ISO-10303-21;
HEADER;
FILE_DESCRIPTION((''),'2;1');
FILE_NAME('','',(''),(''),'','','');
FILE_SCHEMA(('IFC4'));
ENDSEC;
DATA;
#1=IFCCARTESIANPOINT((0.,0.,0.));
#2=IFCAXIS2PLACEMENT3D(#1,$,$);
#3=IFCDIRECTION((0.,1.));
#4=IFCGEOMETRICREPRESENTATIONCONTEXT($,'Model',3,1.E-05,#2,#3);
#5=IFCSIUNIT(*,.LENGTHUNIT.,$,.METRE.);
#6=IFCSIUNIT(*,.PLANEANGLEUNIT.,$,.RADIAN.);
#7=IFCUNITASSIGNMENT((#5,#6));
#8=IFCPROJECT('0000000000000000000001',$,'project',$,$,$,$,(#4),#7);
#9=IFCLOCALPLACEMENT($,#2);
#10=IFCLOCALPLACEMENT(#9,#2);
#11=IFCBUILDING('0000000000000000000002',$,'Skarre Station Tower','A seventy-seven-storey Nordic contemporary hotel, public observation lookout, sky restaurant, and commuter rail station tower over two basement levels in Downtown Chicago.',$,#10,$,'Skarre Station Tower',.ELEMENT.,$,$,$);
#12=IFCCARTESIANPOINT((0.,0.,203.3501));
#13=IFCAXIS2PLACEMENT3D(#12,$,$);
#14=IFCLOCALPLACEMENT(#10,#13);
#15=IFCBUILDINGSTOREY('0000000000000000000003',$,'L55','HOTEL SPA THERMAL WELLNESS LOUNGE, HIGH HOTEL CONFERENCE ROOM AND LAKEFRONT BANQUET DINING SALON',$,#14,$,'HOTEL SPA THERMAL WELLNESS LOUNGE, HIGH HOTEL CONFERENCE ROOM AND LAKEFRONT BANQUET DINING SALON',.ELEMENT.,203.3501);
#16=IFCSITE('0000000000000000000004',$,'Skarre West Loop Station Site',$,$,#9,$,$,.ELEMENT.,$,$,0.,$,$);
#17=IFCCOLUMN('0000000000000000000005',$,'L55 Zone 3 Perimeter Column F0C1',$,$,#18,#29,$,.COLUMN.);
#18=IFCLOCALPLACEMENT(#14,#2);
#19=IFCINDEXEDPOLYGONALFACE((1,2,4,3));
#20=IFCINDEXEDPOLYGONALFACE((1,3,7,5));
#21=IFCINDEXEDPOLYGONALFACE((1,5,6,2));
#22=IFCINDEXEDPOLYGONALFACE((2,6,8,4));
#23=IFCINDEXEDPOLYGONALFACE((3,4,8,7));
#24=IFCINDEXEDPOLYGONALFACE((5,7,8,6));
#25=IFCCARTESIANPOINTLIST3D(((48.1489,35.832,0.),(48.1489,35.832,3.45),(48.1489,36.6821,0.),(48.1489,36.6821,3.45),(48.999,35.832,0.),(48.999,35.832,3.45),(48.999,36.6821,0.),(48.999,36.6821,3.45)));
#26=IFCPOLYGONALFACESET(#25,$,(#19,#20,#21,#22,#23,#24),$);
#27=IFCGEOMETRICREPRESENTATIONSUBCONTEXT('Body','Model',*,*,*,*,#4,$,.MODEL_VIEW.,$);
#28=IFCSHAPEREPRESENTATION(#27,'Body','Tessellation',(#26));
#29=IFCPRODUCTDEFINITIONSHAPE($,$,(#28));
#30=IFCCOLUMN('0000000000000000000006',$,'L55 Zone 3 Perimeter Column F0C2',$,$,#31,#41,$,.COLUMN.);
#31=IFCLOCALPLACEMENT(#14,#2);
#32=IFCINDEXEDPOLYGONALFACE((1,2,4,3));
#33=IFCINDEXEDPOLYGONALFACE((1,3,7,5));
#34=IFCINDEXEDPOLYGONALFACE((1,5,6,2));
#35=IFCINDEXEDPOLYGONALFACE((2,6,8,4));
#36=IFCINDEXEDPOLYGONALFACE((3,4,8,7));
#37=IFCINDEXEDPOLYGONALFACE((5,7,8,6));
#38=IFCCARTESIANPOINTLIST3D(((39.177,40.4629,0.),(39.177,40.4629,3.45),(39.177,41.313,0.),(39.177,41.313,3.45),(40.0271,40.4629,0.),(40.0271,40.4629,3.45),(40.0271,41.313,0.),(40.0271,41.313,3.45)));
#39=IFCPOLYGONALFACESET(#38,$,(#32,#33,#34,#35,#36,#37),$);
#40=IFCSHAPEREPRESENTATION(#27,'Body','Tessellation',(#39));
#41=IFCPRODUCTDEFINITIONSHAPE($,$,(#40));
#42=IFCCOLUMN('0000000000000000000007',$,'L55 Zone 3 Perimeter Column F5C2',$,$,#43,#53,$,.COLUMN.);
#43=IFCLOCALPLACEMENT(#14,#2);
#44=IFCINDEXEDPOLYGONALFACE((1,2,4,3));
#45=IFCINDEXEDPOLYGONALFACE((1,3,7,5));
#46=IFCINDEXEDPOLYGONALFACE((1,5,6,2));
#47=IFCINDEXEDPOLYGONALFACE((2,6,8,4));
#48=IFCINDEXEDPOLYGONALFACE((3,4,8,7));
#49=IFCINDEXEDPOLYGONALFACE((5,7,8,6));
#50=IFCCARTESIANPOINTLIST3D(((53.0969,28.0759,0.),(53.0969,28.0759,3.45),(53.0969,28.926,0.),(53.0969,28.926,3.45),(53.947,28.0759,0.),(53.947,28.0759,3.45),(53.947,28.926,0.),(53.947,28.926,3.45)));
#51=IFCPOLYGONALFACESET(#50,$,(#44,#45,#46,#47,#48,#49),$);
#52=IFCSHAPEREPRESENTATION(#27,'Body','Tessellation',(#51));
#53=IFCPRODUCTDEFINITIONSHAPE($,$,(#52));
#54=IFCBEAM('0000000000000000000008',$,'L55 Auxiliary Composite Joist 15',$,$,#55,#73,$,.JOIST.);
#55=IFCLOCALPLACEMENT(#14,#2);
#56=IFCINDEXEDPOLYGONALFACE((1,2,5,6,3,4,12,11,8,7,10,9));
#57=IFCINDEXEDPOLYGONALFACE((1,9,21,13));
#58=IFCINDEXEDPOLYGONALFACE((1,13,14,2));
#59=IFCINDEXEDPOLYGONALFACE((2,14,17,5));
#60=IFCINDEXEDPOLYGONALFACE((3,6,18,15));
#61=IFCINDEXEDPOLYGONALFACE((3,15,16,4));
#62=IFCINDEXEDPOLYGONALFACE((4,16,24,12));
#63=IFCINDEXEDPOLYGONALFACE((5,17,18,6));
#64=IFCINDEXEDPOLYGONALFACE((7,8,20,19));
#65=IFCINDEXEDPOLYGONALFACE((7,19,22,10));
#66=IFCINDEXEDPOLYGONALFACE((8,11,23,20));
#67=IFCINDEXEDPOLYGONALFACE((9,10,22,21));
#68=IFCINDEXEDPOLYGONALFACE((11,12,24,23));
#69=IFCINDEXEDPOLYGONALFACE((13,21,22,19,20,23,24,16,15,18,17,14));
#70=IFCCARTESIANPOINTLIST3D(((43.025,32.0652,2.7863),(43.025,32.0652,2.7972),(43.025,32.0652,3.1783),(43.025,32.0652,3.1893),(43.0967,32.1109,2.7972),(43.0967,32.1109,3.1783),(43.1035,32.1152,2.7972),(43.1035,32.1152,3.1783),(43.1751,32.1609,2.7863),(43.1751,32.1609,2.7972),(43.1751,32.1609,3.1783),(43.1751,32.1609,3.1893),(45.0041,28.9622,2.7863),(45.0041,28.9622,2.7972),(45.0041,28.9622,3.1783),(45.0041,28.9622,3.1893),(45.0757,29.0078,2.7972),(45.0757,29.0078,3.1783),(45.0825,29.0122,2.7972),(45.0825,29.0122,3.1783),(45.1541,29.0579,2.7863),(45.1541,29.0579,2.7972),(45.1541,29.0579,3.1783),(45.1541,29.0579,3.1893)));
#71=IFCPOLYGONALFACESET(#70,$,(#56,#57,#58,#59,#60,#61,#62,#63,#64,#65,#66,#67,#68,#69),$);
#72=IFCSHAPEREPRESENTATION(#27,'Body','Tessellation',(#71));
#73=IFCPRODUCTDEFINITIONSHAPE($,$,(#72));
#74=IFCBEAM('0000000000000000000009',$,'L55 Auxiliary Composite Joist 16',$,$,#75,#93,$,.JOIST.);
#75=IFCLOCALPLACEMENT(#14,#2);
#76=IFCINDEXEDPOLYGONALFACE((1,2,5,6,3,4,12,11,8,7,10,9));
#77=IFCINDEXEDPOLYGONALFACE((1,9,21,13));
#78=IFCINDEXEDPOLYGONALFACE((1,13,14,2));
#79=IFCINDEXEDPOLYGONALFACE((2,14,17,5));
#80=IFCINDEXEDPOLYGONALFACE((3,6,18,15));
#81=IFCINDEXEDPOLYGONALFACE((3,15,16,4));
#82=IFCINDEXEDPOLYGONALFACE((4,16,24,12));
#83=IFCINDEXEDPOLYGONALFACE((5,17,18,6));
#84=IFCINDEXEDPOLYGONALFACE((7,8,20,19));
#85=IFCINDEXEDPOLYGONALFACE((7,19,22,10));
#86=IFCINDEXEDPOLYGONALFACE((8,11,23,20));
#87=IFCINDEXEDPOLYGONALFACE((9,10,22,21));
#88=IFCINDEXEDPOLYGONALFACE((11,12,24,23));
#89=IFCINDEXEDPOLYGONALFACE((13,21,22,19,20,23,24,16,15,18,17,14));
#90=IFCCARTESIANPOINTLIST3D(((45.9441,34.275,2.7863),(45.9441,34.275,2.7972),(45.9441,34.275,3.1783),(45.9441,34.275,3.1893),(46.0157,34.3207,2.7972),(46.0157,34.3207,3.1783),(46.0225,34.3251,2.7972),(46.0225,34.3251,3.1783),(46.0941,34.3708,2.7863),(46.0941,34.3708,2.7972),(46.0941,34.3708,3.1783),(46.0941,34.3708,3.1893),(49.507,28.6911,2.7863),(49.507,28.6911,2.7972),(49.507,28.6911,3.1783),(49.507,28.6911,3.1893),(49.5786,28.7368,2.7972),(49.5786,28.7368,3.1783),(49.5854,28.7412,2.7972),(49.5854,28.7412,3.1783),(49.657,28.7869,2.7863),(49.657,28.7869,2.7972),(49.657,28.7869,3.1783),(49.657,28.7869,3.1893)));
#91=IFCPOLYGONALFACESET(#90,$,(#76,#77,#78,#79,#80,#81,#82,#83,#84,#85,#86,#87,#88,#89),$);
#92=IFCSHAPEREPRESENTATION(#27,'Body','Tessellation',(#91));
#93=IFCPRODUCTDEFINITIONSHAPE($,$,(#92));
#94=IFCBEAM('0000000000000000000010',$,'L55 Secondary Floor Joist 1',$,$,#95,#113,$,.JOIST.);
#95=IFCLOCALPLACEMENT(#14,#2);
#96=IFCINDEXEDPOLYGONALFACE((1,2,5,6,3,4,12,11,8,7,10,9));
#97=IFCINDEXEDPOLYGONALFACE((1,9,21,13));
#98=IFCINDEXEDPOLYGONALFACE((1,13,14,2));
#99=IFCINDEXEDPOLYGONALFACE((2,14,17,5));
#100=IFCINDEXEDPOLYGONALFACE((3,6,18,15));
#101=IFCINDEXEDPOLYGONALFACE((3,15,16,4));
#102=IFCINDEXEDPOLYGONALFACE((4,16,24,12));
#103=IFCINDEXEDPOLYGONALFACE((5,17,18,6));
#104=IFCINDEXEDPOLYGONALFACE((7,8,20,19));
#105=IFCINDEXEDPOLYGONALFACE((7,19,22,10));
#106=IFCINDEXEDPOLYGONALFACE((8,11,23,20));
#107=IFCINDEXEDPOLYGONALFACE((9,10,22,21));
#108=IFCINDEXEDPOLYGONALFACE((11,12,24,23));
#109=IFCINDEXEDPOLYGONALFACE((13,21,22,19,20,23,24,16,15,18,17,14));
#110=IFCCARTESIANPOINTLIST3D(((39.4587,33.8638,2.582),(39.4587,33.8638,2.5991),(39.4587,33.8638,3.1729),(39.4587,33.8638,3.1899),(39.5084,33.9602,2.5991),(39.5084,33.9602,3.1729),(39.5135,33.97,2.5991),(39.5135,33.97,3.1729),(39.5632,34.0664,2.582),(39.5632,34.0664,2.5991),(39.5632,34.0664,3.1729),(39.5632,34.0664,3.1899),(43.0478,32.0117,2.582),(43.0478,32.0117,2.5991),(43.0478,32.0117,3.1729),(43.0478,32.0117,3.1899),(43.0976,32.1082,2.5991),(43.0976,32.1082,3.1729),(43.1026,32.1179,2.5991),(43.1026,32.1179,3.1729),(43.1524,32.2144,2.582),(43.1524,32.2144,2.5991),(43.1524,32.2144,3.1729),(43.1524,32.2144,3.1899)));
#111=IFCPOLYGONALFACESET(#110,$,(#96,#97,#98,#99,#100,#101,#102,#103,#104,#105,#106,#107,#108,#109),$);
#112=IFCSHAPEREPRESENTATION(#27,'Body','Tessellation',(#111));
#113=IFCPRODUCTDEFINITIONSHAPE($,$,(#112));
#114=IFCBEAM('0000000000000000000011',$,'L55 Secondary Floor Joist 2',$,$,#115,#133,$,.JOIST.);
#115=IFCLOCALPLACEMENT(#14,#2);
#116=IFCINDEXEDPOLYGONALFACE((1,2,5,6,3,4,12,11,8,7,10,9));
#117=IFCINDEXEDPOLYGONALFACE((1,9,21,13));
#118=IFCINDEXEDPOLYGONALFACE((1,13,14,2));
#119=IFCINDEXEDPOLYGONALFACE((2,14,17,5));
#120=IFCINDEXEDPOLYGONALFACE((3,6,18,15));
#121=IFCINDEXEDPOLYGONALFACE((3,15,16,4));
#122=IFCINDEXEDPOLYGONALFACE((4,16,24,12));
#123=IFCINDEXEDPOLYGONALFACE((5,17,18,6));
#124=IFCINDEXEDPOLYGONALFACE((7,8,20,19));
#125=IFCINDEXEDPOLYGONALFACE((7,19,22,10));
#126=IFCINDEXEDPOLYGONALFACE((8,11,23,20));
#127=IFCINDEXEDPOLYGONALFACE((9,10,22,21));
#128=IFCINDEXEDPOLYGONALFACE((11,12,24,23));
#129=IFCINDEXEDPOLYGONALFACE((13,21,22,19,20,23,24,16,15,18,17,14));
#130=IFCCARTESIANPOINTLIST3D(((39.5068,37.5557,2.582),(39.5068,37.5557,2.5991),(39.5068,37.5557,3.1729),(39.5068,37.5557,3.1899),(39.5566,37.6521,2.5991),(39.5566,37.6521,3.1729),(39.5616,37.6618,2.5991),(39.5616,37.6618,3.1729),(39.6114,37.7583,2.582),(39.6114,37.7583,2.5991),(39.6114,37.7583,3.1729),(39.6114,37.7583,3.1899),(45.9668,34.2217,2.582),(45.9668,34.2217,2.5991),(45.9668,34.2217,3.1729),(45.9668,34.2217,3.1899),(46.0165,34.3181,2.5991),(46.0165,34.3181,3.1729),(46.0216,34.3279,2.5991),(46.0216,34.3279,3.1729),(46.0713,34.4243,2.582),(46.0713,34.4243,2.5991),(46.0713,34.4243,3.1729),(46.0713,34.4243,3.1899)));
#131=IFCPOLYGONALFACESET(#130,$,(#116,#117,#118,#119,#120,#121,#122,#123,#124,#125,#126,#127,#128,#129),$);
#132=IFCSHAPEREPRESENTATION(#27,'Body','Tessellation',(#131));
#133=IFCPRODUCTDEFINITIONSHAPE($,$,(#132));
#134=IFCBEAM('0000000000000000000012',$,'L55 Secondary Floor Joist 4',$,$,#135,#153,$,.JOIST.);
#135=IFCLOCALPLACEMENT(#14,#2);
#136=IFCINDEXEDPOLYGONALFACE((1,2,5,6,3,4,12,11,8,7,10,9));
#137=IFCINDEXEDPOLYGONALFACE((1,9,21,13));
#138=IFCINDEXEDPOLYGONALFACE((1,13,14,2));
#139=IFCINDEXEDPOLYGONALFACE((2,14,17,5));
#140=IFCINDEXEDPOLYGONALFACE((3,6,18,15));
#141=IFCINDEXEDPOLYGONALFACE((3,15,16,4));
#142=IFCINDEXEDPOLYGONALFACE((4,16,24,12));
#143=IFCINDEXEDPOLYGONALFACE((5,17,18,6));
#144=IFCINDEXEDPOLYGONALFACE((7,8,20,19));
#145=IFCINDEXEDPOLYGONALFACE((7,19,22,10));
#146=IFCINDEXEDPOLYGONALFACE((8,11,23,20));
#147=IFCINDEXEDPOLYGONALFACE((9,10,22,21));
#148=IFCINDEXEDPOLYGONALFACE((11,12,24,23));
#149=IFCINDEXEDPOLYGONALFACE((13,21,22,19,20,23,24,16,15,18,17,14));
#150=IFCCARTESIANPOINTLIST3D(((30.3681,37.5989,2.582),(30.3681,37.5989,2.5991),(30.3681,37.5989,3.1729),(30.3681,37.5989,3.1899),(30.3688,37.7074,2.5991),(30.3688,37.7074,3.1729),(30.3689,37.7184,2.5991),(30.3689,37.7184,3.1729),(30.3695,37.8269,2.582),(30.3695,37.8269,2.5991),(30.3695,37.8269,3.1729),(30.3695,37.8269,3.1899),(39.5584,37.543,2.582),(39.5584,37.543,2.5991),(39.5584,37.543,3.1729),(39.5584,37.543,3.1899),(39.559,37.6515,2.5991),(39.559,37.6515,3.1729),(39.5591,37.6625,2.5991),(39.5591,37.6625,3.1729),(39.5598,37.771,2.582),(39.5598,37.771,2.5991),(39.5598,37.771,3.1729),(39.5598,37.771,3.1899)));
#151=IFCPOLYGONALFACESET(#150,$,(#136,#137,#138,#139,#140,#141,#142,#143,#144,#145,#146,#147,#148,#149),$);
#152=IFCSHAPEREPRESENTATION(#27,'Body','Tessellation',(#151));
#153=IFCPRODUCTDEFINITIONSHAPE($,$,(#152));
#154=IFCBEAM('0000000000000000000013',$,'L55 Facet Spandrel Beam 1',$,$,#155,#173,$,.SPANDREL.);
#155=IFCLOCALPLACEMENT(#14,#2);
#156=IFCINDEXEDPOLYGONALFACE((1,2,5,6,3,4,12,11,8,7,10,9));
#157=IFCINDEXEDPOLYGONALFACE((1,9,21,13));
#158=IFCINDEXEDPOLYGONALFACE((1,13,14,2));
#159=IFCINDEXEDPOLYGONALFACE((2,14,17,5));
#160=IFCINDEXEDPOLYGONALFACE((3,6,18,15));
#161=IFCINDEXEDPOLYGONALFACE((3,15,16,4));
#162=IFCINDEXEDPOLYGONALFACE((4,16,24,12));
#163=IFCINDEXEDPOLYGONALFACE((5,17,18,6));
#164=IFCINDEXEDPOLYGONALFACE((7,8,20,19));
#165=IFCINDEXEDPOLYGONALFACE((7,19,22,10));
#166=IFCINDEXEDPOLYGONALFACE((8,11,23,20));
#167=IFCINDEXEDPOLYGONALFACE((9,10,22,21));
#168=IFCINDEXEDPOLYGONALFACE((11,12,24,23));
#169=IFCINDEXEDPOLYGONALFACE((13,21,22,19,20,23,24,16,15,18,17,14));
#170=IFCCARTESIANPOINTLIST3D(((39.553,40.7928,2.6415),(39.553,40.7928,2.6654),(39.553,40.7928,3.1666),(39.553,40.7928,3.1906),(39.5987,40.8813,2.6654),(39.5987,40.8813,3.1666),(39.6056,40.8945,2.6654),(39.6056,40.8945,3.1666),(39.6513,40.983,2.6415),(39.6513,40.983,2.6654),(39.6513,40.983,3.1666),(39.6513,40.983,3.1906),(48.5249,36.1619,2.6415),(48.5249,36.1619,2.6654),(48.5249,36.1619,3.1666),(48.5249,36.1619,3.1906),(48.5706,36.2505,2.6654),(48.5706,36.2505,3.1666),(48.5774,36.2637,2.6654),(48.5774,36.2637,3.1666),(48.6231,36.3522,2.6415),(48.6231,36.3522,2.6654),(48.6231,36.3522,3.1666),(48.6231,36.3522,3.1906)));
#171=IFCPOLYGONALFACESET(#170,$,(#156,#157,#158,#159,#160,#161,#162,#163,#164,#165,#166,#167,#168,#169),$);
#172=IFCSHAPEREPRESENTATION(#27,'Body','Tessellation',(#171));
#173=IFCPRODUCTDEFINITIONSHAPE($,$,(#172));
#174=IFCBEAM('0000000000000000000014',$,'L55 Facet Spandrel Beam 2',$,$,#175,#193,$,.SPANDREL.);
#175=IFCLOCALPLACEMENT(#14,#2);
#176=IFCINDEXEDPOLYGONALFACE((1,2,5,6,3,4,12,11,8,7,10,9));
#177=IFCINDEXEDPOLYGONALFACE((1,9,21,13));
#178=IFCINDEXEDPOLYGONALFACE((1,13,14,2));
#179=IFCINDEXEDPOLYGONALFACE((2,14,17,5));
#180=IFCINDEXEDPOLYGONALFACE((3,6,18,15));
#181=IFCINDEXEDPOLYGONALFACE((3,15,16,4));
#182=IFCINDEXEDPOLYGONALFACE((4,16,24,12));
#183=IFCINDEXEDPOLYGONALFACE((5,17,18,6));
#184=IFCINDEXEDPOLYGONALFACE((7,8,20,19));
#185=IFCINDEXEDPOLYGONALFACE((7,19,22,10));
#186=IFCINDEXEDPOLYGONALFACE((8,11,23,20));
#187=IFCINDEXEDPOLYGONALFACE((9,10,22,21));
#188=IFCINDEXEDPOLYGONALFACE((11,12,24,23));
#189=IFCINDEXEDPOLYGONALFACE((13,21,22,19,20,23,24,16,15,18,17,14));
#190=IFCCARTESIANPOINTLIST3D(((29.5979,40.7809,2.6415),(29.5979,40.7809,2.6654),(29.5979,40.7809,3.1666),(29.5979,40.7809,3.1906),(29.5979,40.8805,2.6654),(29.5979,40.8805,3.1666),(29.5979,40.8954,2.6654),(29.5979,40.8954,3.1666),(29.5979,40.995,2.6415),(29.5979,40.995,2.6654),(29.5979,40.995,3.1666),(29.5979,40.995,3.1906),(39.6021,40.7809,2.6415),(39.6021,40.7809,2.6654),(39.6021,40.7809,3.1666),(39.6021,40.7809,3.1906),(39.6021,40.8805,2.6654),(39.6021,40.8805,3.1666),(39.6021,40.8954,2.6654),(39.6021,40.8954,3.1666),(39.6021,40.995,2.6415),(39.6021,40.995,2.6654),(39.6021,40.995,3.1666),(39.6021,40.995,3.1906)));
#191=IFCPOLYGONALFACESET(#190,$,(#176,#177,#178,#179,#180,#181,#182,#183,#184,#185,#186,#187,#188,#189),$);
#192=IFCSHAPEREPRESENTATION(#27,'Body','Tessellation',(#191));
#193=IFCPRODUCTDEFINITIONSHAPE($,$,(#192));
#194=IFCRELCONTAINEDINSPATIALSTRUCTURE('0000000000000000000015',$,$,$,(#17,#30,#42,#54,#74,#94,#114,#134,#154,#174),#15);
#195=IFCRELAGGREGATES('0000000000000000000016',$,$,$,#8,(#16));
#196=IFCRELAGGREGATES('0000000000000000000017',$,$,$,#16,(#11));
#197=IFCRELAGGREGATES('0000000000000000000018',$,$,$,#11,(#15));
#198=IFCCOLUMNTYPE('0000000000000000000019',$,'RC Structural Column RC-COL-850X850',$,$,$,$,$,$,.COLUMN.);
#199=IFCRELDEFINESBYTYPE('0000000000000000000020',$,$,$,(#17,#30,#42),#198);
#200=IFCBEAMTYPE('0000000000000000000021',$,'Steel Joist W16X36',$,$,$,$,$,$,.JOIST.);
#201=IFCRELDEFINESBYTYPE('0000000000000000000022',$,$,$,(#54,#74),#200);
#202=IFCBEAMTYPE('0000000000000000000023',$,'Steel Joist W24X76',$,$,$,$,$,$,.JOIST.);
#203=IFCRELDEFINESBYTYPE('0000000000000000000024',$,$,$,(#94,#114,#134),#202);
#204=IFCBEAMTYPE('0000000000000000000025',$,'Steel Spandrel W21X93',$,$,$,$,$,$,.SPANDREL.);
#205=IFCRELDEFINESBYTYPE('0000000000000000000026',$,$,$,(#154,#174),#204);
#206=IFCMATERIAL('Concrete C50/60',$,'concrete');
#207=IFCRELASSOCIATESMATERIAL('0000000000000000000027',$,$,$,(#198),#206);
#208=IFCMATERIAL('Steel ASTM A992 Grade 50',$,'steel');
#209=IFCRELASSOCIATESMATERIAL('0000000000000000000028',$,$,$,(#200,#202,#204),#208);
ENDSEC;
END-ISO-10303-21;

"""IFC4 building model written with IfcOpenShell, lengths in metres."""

from ifc_helpers import new_model, si_unit, direction, frame, origin, origin_2d, place, context, subcontext, project, spatial, rectangle, i_section, extrude, material, material_profile, profile_set, type_object, element, save


model = new_model("IFC4")

# Units and contexts
model_context = context("Model", 3, precision=1e-05, world=origin(), true_north=direction((0.0, 1.0)))
body_context = subcontext(model_context, "Body", "Model", "MODEL_VIEW")
ifc_project = project(units=[si_unit("LENGTHUNIT", "METRE"), si_unit("PLANEANGLEUNIT", "RADIAN")], contexts=[model_context])

# Site, building, storey
site_placement = place(None, origin())
site = spatial("IfcSite", under=ifc_project, at=site_placement, Name="Skarre West Loop Station Site", CompositionType="ELEMENT", RefElevation=0.0)
building_placement = place(site_placement, origin())
building = spatial("IfcBuilding", under=site, at=building_placement, Name="Skarre Station Tower", Description="A seventy-seven-storey Nordic contemporary hotel, public observation lookout, sky restaurant, and commuter rail station tower over two basement levels in Downtown Chicago.", LongName="Skarre Station Tower", CompositionType="ELEMENT")
storey_placement = place(building_placement, frame((0.0, 0.0, 203.3501)))
storey = spatial("IfcBuildingStorey", under=building, at=storey_placement, Name="L55", Description="HOTEL SPA THERMAL WELLNESS LOUNGE, HIGH HOTEL CONFERENCE ROOM AND LAKEFRONT BANQUET DINING SALON", LongName="HOTEL SPA THERMAL WELLNESS LOUNGE, HIGH HOTEL CONFERENCE ROOM AND LAKEFRONT BANQUET DINING SALON", CompositionType="ELEMENT", Elevation=203.3501)

# Columns
ifc_material_1 = material(Name="Concrete C50/60", Category="concrete")
ifc_material_profile_1 = material_profile(ifc_material_1, rectangle(XDim=0.8501, YDim=0.8501, at=origin_2d()), Name="Concrete C50/60")
ifc_profile_set_1 = profile_set([ifc_material_profile_1], Name="Concrete C50/60")
column_type = type_object("IfcColumnType", Name="RC Structural Column RC-COL-850X850", PredefinedType="COLUMN", material=ifc_profile_set_1)
for number, where, z_axis, x_axis, name in (
    (1, (48.574, 36.2571, 0.0), (0.0, 0.0, 1.0), (1.0, 0.0, 0.0), "L55 Zone 3 Perimeter Column F0C1"),
    (2, (39.6021, 40.8879, 0.0), (0.0, 0.0, 1.0), (1.0, 0.0, 0.0), "L55 Zone 3 Perimeter Column F0C2"),
    (3, (53.522, 28.501, 0.0), (0.0, 0.0, 1.0), (1.0, 0.0, 0.0), "L55 Zone 3 Perimeter Column F5C2"),
):
    element("IfcColumn", number, at=place(storey_placement, frame(where, z_axis=z_axis, x_axis=x_axis)), inside=storey, type_object=column_type, Name=name, PredefinedType="COLUMN", context=body_context, shape_type="SweptSolid", body=[
        extrude(rectangle(XDim=0.8501, YDim=0.8501, at=origin_2d()), origin(), (0.0, 0.0, 1.0), 3.45),
    ])

# Beams
ifc_material_2 = material(Name="Steel ASTM A992 Grade 50", Category="steel")
ifc_material_profile_2 = material_profile(ifc_material_2, i_section(OverallWidth=0.178, OverallDepth=0.4031, WebThickness=0.0081, FlangeThickness=0.011, at=origin_2d()), Name="Steel ASTM A992 Grade 50")
ifc_profile_set_2 = profile_set([ifc_material_profile_2], Name="Steel ASTM A992 Grade 50")
beam_type_1 = type_object("IfcBeamType", Name="Steel Joist W16X36", PredefinedType="JOIST", material=ifc_profile_set_2)
beam_1_placement = place(storey_placement, frame((45.0791, 29.01, 2.9878), z_axis=(-0.537717, 0.843126, 0.0), x_axis=(-0.843126, -0.537717, 0.0)))
element("IfcBeam", 4, at=beam_1_placement, inside=storey, type_object=beam_type_1, Name="L55 Auxiliary Composite Joist 15", PredefinedType="JOIST", context=body_context, shape_type="SweptSolid", body=[
    extrude(i_section(OverallWidth=0.178, OverallDepth=0.4031, WebThickness=0.0081, FlangeThickness=0.011, at=origin_2d()), origin(), (0.0, 0.0, 1.0), 3.6804),
])
beam_2_placement = place(storey_placement, frame((49.582, 28.739, 2.9878), z_axis=(-0.537901, 0.843008, 0.0), x_axis=(-0.843008, -0.537901, 0.0)))
element("IfcBeam", 5, at=beam_2_placement, inside=storey, type_object=beam_type_1, Name="L55 Auxiliary Composite Joist 16", PredefinedType="JOIST", context=body_context, shape_type="SweptSolid", body=[
    extrude(i_section(OverallWidth=0.178, OverallDepth=0.4031, WebThickness=0.0081, FlangeThickness=0.011, at=origin_2d()), origin(), (0.0, 0.0, 1.0), 6.6238),
])
ifc_material_profile_3 = material_profile(ifc_material_2, i_section(OverallWidth=0.228, OverallDepth=0.6079, WebThickness=0.011, FlangeThickness=0.0171, at=origin_2d()), Name="Steel ASTM A992 Grade 50")
ifc_profile_set_3 = profile_set([ifc_material_profile_3], Name="Steel ASTM A992 Grade 50")
beam_type_2 = type_object("IfcBeamType", Name="Steel Joist W24X76", PredefinedType="JOIST", material=ifc_profile_set_3)
beam_3_placement = place(storey_placement, frame((43.1001, 32.113, 2.886), z_axis=(-0.88866, 0.458566, 0.0), x_axis=(-0.458566, -0.88866, 0.0)))
element("IfcBeam", 6, at=beam_3_placement, inside=storey, type_object=beam_type_2, Name="L55 Secondary Floor Joist 1", PredefinedType="JOIST", context=body_context, shape_type="SweptSolid", body=[
    extrude(i_section(OverallWidth=0.228, OverallDepth=0.6079, WebThickness=0.011, FlangeThickness=0.0171, at=origin_2d()), origin(), (0.0, 0.0, 1.0), 4.0388),
])
beam_4_placement = place(storey_placement, frame((46.019, 34.323, 2.886), z_axis=(-0.888631, 0.458622, 0.0), x_axis=(-0.458622, -0.888631, 0.0)))
element("IfcBeam", 7, at=beam_4_placement, inside=storey, type_object=beam_type_2, Name="L55 Secondary Floor Joist 2", PredefinedType="JOIST", context=body_context, shape_type="SweptSolid", body=[
    extrude(i_section(OverallWidth=0.228, OverallDepth=0.6079, WebThickness=0.011, FlangeThickness=0.0171, at=origin_2d()), origin(), (0.0, 0.0, 1.0), 7.2695),
])
beam_5_placement = place(storey_placement, frame((39.5591, 37.657, 2.886), z_axis=(-0.999981, 0.006083, 0.0), x_axis=(-0.006083, -0.999981, 0.0)))
element("IfcBeam", 8, at=beam_5_placement, inside=storey, type_object=beam_type_2, Name="L55 Secondary Floor Joist 4", PredefinedType="JOIST", context=body_context, shape_type="SweptSolid", body=[
    extrude(i_section(OverallWidth=0.228, OverallDepth=0.6079, WebThickness=0.011, FlangeThickness=0.0171, at=origin_2d()), origin(), (0.0, 0.0, 1.0), 9.1904),
])
ifc_material_profile_4 = material_profile(ifc_material_2, i_section(OverallWidth=0.2141, OverallDepth=0.5491, WebThickness=0.0149, FlangeThickness=0.0239, at=origin_2d()), Name="Steel ASTM A992 Grade 50")
ifc_profile_set_4 = profile_set([ifc_material_profile_4], Name="Steel ASTM A992 Grade 50")
beam_type_3 = type_object("IfcBeamType", Name="Steel Spandrel W21X93", PredefinedType="SPANDREL", material=ifc_profile_set_4)
beam_6_placement = place(storey_placement, frame((48.574, 36.2571, 2.916), z_axis=(-0.888613, 0.458658, 0.0), x_axis=(-0.458658, -0.888613, 0.0)))
element("IfcBeam", 9, at=beam_6_placement, inside=storey, type_object=beam_type_3, Name="L55 Facet Spandrel Beam 1", PredefinedType="SPANDREL", context=body_context, shape_type="SweptSolid", body=[
    extrude(i_section(OverallWidth=0.2141, OverallDepth=0.5491, WebThickness=0.0149, FlangeThickness=0.0239, at=origin_2d()), origin(), (0.0, 0.0, 1.0), 10.0964),
])
beam_7_placement = place(storey_placement, frame((39.6021, 40.8879, 2.916), z_axis=(-1.0, 0.0, 0.0), x_axis=(0.0, -1.0, 0.0)))
element("IfcBeam", 10, at=beam_7_placement, inside=storey, type_object=beam_type_3, Name="L55 Facet Spandrel Beam 2", PredefinedType="SPANDREL", context=body_context, shape_type="SweptSolid", body=[
    extrude(i_section(OverallWidth=0.2141, OverallDepth=0.5491, WebThickness=0.0149, FlangeThickness=0.0239, at=origin_2d()), origin(), (0.0, 0.0, 1.0), 10.0042),
])

save(model, "model.ifc")
